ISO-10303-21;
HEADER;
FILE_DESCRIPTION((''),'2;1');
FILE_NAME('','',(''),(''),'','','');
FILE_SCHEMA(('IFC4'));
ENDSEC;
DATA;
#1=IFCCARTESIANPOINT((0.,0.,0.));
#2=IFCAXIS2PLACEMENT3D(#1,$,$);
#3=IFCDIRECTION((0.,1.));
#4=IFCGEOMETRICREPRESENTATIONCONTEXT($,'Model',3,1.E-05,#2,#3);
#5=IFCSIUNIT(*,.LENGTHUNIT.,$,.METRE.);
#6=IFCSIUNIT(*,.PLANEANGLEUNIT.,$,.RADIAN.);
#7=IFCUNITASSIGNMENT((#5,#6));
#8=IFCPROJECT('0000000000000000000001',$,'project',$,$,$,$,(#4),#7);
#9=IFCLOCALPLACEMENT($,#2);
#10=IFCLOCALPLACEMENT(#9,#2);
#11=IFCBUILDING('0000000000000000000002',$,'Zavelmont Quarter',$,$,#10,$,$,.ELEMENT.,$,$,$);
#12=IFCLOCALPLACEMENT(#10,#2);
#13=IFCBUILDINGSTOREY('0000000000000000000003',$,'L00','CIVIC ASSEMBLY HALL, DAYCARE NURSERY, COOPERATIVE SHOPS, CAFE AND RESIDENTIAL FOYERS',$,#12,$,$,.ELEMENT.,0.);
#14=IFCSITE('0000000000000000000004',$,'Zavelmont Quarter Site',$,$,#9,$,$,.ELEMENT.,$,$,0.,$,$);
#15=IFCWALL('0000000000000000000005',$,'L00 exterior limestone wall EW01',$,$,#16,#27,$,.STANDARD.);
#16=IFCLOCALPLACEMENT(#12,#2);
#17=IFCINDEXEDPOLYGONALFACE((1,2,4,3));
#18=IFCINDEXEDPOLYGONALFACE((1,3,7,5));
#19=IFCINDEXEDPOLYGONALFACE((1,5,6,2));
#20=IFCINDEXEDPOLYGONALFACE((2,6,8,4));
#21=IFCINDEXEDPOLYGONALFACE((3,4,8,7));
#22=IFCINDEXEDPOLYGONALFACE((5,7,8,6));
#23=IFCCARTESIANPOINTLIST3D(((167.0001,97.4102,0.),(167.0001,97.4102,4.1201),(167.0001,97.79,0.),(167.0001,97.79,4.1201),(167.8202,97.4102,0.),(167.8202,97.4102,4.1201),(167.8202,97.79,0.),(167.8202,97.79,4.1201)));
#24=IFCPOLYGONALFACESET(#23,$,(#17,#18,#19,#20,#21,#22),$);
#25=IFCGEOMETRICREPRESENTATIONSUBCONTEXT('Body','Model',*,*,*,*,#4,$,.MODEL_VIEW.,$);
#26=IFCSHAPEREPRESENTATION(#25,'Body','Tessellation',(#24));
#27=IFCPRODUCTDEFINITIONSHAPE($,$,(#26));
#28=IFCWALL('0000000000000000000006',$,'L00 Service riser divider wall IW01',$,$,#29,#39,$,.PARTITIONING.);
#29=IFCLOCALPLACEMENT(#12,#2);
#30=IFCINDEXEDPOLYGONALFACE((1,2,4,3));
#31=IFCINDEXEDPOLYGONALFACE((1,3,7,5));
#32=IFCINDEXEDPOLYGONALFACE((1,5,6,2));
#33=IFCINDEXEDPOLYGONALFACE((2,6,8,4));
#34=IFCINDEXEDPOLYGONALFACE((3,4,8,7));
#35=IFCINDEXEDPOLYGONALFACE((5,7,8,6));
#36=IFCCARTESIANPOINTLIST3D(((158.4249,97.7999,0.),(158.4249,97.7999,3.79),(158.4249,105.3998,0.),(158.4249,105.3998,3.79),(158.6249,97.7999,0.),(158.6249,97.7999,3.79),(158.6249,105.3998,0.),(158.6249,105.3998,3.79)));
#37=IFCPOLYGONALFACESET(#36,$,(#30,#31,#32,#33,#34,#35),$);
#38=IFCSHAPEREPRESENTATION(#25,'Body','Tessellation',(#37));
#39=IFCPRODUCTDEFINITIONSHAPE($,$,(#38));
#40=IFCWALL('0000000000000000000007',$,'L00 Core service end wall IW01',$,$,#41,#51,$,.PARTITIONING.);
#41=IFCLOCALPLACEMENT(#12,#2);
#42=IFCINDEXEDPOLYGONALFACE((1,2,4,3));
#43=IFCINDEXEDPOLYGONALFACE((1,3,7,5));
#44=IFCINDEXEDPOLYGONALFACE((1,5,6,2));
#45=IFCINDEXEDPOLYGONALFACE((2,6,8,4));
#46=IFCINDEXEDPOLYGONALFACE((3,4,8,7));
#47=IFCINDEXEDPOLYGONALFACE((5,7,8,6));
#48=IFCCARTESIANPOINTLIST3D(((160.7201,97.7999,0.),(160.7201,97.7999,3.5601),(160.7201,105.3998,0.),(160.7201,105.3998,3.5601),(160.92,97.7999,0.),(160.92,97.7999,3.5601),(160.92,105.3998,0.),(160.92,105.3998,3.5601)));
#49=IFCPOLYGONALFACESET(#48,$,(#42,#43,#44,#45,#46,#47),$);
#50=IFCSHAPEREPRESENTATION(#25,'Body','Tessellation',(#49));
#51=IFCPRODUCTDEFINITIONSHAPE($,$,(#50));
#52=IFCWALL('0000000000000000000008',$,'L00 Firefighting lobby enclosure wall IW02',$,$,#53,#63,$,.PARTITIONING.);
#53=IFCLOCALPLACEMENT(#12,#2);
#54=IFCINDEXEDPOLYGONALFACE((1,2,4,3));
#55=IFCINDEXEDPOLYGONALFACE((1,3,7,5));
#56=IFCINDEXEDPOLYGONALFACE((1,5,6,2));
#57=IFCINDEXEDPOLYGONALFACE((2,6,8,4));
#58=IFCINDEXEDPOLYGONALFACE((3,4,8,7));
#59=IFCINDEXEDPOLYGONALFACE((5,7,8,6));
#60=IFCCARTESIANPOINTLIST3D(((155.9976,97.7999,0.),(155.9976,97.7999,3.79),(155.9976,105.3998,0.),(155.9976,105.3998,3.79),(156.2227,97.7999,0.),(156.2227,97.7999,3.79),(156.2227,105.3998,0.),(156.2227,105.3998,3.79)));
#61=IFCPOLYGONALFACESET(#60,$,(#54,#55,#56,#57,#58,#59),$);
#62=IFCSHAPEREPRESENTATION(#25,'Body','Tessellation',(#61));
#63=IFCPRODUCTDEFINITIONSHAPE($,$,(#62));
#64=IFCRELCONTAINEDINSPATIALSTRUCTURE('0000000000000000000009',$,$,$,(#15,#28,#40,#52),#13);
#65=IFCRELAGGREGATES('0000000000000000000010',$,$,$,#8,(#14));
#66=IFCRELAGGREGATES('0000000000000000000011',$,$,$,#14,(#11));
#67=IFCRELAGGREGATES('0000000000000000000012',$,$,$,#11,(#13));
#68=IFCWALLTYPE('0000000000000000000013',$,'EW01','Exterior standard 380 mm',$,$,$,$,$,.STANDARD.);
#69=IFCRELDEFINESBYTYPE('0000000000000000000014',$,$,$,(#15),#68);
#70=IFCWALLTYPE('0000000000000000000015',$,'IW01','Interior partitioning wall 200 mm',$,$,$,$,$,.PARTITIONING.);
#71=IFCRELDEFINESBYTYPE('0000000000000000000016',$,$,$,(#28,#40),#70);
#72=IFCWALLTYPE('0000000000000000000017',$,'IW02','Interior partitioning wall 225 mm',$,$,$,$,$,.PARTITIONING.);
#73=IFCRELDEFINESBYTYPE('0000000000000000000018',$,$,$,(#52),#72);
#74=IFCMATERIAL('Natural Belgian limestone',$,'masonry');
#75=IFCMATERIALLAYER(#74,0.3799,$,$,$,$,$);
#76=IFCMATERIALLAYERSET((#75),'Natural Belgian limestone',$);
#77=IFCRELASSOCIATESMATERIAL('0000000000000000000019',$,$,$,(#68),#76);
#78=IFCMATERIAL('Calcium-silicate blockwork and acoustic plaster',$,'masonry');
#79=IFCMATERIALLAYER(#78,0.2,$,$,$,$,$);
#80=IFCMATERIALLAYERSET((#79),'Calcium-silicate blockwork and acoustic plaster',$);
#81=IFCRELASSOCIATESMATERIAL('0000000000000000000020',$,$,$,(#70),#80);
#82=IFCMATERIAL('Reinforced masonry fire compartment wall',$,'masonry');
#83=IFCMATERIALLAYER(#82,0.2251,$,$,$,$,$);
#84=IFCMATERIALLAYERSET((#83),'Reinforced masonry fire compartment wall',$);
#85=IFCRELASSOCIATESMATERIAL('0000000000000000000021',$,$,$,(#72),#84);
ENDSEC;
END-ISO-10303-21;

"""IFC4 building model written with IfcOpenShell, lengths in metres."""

from ifc_helpers import new_model, si_unit, direction, frame, frame_2d, origin, place, context, subcontext, project, spatial, rectangle, extrude, material, layer, layer_set, type_object, element, save


model = new_model("IFC4")

# Units and contexts
model_context = context("Model", 3, precision=1e-05, world=origin(), true_north=direction((0.0, 1.0)))
body_context = subcontext(model_context, "Body", "Model", "MODEL_VIEW")
ifc_project = project(units=[si_unit("LENGTHUNIT", "METRE"), si_unit("PLANEANGLEUNIT", "RADIAN")], contexts=[model_context])

# Site, building, storey
site_placement = place(None, origin())
site = spatial("IfcSite", under=ifc_project, at=site_placement, Name="Zavelmont Quarter Site", CompositionType="ELEMENT", RefElevation=0.0)
building_placement = place(site_placement, origin())
building = spatial("IfcBuilding", under=site, at=building_placement, Name="Zavelmont Quarter", CompositionType="ELEMENT")
storey_placement = place(building_placement, origin())
storey = spatial("IfcBuildingStorey", under=building, at=storey_placement, Name="L00", Description="CIVIC ASSEMBLY HALL, DAYCARE NURSERY, COOPERATIVE SHOPS, CAFE AND RESIDENTIAL FOYERS", CompositionType="ELEMENT", Elevation=0.0)

# Walls
ifc_material_1 = material(Name="Natural Belgian limestone", Category="masonry")
ifc_layer_1 = layer(ifc_material_1, 0.3799)
ifc_layer_set_1 = layer_set([ifc_layer_1], Name="Natural Belgian limestone")
wall_type_1 = type_object("IfcWallType", Name="EW01", Description="Exterior standard 380 mm", PredefinedType="STANDARD", material=ifc_layer_set_1)
wall_1_placement = place(storey_placement, frame((167.0, 97.6001, 0.0), z_axis=(0.0, 0.0, 1.0), x_axis=(1.0, 0.0, 0.0)))
element("IfcWall", 1, at=wall_1_placement, inside=storey, type_object=wall_type_1, Name="L00 exterior limestone wall EW01", PredefinedType="STANDARD", context=body_context, shape_type="SweptSolid", body=[
    extrude(rectangle(XDim=0.8201, YDim=0.3799, at=frame_2d((0.4102, 0.0))), origin(), (0.0, 0.0, 1.0), 4.1201),
])
ifc_material_2 = material(Name="Calcium-silicate blockwork and acoustic plaster", Category="masonry")
ifc_layer_2 = layer(ifc_material_2, 0.2)
ifc_layer_set_2 = layer_set([ifc_layer_2], Name="Calcium-silicate blockwork and acoustic plaster")
wall_type_2 = type_object("IfcWallType", Name="IW01", Description="Interior partitioning wall 200 mm", PredefinedType="PARTITIONING", material=ifc_layer_set_2)
wall_2_placement = place(storey_placement, frame((158.5249, 97.8, 0.0), z_axis=(0.0, 0.0, 1.0), x_axis=(0.0, 1.0, 0.0)))
element("IfcWall", 2, at=wall_2_placement, inside=storey, type_object=wall_type_2, Name="L00 Service riser divider wall IW01", PredefinedType="PARTITIONING", context=body_context, shape_type="SweptSolid", body=[
    extrude(rectangle(XDim=7.5999, YDim=0.2, at=frame_2d((3.7998, 0.0))), origin(), (0.0, 0.0, 1.0), 3.79),
])
wall_3_placement = place(storey_placement, frame((160.8201, 97.8, 0.0), z_axis=(0.0, 0.0, 1.0), x_axis=(0.0, 1.0, 0.0)))
element("IfcWall", 3, at=wall_3_placement, inside=storey, type_object=wall_type_2, Name="L00 Core service end wall IW01", PredefinedType="PARTITIONING", context=body_context, shape_type="SweptSolid", body=[
    extrude(rectangle(XDim=7.5999, YDim=0.2, at=frame_2d((3.7998, 0.0))), origin(), (0.0, 0.0, 1.0), 3.5601),
])
ifc_material_3 = material(Name="Reinforced masonry fire compartment wall", Category="masonry")
ifc_layer_3 = layer(ifc_material_3, 0.2251)
ifc_layer_set_3 = layer_set([ifc_layer_3], Name="Reinforced masonry fire compartment wall")
wall_type_3 = type_object("IfcWallType", Name="IW02", Description="Interior partitioning wall 225 mm", PredefinedType="PARTITIONING", material=ifc_layer_set_3)
wall_4_placement = place(storey_placement, frame((156.1101, 97.8, 0.0), z_axis=(0.0, 0.0, 1.0), x_axis=(0.0, 1.0, 0.0)))
element("IfcWall", 4, at=wall_4_placement, inside=storey, type_object=wall_type_3, Name="L00 Firefighting lobby enclosure wall IW02", PredefinedType="PARTITIONING", context=body_context, shape_type="SweptSolid", body=[
    extrude(rectangle(XDim=7.5999, YDim=0.2251, at=frame_2d((3.7998, 0.0))), origin(), (0.0, 0.0, 1.0), 3.79),
])

save(model, "model.ifc")
